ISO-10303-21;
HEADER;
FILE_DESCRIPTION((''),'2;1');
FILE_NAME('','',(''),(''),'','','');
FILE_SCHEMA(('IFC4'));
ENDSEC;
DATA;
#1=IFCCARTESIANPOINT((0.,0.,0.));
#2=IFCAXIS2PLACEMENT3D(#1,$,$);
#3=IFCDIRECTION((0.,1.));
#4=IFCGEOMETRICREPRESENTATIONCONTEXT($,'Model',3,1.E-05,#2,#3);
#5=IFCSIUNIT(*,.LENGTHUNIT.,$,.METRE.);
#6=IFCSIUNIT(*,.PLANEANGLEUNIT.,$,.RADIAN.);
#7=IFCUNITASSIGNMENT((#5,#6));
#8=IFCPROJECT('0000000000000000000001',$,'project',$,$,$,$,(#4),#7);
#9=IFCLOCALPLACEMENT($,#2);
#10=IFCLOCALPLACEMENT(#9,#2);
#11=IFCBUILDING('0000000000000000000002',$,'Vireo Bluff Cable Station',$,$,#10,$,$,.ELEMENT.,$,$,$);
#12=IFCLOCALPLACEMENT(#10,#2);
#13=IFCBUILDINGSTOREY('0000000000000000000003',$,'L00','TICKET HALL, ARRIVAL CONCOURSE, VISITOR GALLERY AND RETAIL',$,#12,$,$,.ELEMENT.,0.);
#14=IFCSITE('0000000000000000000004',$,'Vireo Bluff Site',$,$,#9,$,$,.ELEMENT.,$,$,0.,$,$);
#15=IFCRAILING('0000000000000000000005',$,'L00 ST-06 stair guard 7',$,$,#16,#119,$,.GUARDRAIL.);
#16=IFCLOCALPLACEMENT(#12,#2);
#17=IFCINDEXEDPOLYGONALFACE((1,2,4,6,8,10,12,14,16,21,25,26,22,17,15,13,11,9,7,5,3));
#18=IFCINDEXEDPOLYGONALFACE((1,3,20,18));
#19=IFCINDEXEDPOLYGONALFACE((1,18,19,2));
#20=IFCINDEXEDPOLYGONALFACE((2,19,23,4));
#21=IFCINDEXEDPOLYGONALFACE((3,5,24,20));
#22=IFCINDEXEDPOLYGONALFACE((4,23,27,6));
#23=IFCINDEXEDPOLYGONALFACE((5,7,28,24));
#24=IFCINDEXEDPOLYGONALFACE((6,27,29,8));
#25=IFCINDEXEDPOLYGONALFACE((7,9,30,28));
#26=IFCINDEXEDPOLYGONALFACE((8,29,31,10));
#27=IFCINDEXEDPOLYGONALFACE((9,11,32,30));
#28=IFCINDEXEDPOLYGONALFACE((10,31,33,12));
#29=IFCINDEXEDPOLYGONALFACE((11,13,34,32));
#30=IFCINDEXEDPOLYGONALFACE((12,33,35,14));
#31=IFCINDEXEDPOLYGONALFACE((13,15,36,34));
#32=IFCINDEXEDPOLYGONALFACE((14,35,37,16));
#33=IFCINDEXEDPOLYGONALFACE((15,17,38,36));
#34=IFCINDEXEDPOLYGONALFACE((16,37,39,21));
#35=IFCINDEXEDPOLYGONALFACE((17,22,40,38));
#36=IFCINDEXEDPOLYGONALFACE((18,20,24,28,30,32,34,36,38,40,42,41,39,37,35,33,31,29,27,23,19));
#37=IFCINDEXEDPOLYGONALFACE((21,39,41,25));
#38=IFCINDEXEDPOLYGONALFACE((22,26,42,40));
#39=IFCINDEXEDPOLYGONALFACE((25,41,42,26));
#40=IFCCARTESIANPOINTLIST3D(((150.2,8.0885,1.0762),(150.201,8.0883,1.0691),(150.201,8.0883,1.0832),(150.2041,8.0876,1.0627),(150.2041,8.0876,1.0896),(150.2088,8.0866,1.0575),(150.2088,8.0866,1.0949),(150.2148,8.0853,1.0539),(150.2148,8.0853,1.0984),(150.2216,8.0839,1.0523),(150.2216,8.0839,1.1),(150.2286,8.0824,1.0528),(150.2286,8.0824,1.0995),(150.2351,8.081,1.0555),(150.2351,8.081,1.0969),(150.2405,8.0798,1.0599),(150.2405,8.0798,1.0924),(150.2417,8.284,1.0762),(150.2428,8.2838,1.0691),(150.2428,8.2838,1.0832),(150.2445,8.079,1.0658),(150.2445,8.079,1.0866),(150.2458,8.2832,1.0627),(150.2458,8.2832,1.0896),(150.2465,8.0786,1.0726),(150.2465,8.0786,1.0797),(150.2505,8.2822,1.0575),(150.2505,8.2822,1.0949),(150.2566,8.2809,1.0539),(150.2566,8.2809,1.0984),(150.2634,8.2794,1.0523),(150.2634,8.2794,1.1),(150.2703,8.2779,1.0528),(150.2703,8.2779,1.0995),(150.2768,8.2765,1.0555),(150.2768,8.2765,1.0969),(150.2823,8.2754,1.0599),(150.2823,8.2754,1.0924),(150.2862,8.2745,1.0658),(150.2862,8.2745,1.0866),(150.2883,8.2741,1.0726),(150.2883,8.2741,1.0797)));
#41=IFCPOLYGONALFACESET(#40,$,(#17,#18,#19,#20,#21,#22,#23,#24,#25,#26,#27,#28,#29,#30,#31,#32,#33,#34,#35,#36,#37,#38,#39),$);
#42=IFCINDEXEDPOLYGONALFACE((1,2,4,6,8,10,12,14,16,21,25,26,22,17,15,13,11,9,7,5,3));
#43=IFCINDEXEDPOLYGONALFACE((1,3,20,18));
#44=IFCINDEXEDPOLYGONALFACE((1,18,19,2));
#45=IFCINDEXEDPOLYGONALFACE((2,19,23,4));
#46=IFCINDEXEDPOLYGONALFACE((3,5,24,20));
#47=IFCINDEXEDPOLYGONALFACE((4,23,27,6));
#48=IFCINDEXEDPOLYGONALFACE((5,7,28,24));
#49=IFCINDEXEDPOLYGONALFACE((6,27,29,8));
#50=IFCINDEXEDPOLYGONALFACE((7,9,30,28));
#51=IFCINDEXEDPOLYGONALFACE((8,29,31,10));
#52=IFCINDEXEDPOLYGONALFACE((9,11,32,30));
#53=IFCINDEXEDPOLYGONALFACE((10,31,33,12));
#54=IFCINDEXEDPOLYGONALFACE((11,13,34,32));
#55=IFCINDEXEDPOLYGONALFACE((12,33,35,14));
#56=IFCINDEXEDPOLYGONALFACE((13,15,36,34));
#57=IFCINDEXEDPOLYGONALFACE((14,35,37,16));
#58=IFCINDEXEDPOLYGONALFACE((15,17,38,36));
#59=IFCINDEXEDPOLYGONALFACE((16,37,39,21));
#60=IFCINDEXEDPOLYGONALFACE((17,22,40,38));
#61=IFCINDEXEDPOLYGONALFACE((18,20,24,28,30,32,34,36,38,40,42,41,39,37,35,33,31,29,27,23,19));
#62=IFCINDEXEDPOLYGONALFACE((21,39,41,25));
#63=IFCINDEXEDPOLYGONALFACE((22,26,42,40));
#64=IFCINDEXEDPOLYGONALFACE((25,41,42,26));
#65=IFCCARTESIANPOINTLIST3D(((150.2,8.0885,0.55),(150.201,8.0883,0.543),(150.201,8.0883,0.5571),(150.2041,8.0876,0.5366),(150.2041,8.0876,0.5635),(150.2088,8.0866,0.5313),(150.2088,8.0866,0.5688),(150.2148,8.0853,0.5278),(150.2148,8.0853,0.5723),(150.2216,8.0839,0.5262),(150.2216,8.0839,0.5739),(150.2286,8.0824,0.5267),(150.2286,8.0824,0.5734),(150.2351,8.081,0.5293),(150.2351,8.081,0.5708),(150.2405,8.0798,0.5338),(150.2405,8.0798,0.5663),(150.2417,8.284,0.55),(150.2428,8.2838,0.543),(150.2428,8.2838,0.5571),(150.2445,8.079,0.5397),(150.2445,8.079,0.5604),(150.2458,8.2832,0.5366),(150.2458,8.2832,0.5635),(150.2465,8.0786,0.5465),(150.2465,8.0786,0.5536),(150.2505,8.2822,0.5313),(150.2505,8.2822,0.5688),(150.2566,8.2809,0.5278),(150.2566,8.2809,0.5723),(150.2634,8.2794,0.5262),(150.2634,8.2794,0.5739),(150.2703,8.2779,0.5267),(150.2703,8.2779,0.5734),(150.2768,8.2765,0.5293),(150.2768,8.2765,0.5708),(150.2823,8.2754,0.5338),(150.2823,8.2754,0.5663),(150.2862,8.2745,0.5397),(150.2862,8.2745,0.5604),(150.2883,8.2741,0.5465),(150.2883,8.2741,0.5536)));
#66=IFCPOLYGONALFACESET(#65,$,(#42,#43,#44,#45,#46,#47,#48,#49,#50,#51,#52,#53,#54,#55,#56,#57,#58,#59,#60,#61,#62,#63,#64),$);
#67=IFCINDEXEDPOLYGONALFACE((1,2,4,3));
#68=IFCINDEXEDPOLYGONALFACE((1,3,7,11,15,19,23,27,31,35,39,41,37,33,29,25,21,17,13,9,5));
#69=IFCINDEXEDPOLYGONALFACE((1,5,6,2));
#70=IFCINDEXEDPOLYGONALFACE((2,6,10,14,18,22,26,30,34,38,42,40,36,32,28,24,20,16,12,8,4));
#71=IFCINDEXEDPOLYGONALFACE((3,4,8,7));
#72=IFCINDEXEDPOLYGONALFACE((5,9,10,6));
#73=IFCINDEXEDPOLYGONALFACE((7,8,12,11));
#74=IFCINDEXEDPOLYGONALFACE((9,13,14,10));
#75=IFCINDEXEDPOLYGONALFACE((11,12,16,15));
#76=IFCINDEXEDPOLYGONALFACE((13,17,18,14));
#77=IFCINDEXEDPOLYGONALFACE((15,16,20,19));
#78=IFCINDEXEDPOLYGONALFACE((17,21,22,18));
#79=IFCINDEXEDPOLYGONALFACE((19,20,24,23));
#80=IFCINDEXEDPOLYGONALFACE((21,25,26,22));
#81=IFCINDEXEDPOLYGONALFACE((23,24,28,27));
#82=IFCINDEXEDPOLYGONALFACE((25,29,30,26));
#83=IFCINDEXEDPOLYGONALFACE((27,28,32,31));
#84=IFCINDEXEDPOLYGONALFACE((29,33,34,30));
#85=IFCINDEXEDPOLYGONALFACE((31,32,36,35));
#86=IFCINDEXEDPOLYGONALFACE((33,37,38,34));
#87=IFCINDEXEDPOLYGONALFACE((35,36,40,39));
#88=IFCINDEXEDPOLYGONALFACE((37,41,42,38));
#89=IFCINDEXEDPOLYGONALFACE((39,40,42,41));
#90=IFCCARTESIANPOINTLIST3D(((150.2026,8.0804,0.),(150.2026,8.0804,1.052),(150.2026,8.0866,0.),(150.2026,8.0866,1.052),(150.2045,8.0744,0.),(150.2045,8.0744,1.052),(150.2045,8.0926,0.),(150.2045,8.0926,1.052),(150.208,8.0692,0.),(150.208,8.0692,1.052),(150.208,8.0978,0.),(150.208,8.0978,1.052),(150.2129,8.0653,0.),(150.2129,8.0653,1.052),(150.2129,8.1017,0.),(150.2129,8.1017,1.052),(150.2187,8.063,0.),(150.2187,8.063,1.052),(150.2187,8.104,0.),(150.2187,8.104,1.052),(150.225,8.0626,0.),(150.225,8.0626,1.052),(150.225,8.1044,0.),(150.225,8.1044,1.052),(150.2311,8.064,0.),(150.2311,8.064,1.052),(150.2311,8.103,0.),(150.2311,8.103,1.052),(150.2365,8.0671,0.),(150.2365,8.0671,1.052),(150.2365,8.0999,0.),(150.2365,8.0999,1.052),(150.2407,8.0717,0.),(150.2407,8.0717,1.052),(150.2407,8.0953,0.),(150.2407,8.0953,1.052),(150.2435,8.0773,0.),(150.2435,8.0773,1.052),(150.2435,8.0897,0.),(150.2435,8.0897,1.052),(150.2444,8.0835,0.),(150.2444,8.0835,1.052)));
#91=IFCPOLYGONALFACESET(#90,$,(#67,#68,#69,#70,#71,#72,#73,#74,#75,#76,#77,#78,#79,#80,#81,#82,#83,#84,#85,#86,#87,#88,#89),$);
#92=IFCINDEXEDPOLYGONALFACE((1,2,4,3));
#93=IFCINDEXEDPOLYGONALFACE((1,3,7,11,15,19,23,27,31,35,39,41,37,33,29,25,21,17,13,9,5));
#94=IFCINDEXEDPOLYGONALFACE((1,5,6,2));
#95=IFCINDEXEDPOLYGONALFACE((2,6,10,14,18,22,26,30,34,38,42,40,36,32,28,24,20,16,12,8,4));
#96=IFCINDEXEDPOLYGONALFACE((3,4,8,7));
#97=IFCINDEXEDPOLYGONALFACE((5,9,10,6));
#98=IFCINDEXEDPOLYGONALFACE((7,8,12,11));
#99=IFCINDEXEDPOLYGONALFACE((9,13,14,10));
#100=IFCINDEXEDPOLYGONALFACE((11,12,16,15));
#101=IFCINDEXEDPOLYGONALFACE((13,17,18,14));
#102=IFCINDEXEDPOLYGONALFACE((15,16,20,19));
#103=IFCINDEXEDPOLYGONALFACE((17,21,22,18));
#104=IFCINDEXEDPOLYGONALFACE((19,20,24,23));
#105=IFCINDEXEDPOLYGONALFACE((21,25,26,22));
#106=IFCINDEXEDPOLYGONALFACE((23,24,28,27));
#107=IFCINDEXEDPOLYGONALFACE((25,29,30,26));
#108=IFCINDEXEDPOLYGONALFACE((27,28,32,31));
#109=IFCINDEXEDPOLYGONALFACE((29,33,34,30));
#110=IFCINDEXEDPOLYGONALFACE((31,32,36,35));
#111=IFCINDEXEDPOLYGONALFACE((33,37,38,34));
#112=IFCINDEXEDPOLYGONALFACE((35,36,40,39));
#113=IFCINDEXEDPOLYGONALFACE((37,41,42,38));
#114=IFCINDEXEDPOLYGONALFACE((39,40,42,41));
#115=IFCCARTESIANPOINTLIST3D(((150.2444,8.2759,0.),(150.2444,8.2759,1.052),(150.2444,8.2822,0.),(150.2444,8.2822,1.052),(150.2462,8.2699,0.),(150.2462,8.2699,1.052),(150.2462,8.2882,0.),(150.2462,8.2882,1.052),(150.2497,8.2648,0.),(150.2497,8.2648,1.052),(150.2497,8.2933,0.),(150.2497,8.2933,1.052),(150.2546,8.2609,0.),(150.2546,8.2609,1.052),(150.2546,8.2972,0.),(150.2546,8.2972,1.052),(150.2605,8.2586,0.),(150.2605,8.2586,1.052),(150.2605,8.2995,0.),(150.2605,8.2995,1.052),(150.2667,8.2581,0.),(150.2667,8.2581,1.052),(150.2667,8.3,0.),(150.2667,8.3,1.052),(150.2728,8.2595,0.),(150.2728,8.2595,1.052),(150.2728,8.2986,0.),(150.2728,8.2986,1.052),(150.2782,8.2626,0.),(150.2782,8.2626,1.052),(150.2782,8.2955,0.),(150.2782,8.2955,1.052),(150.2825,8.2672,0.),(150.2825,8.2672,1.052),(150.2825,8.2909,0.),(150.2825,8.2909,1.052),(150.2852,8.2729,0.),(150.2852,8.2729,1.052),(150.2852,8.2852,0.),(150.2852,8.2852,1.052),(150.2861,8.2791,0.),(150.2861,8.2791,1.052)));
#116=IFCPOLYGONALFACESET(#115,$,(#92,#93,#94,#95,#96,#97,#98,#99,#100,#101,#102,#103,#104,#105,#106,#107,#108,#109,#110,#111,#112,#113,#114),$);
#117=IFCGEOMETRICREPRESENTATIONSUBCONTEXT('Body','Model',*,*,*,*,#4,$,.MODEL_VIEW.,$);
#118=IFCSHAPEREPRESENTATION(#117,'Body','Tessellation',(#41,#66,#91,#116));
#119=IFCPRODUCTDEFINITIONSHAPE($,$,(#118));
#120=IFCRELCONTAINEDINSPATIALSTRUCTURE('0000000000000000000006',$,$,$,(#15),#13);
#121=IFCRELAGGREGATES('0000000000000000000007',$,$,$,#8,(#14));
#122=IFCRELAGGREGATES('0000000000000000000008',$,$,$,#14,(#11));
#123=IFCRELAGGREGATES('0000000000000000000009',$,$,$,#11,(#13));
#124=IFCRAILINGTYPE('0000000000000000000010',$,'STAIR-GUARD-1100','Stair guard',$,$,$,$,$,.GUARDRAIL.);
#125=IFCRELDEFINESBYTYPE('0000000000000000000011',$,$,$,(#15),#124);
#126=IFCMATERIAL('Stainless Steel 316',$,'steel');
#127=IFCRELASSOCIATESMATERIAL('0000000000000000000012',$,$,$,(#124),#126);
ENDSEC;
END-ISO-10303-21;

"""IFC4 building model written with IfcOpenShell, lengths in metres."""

from ifc_helpers import new_model, si_unit, direction, frame, origin, origin_2d, place, context, subcontext, project, spatial, circle, extrude, material, type_object, element, save


model = new_model("IFC4")

# Units and contexts
model_context = context("Model", 3, precision=1e-05, world=origin(), true_north=direction((0.0, 1.0)))
body_context = subcontext(model_context, "Body", "Model", "MODEL_VIEW")
ifc_project = project(units=[si_unit("LENGTHUNIT", "METRE"), si_unit("PLANEANGLEUNIT", "RADIAN")], contexts=[model_context])

# Site, building, storey
site_placement = place(None, origin())
site = spatial("IfcSite", under=ifc_project, at=site_placement, Name="Vireo Bluff Site", CompositionType="ELEMENT", RefElevation=0.0)
building_placement = place(site_placement, origin())
building = spatial("IfcBuilding", under=site, at=building_placement, Name="Vireo Bluff Cable Station", CompositionType="ELEMENT")
storey_placement = place(building_placement, origin())
storey = spatial("IfcBuildingStorey", under=building, at=storey_placement, Name="L00", Description="TICKET HALL, ARRIVAL CONCOURSE, VISITOR GALLERY AND RETAIL", CompositionType="ELEMENT", Elevation=0.0)

# Railing
ifc_material_1 = material(Name="Stainless Steel 316", Category="steel")
railing_type_1 = type_object("IfcRailingType", Name="STAIR-GUARD-1100", Description="Stair guard", PredefinedType="GUARDRAIL", material=ifc_material_1)
railing_1_placement = place(storey_placement, frame((150.2234, 8.0835, 0.0)))
element("IfcRailing", 1, at=railing_1_placement, inside=storey, type_object=railing_type_1, Name="L00 ST-06 stair guard 7", PredefinedType="GUARDRAIL", context=body_context, shape_type="SweptSolid", body=[
    extrude(circle(Radius=0.0239, at=origin_2d()), frame((0.0, 0.0, 1.0762), z_axis=(0.208779, 0.977963, 0.0), x_axis=(-0.977963, 0.208779, 0.0)), (0.0, 0.0, 1.0), 0.2),
    extrude(circle(Radius=0.0239, at=origin_2d()), frame((0.0, 0.0, 0.55), z_axis=(0.208779, 0.977963, 0.0), x_axis=(-0.977963, 0.208779, 0.0)), (0.0, 0.0, 1.0), 0.2),
    extrude(circle(Radius=0.021, at=origin_2d()), origin(), (0.0, 0.0, 1.0), 1.052),
    extrude(circle(Radius=0.021, at=origin_2d()), frame((0.0417, 0.1956, 0.0)), (0.0, 0.0, 1.0), 1.052),
])

save(model, "model.ifc")
